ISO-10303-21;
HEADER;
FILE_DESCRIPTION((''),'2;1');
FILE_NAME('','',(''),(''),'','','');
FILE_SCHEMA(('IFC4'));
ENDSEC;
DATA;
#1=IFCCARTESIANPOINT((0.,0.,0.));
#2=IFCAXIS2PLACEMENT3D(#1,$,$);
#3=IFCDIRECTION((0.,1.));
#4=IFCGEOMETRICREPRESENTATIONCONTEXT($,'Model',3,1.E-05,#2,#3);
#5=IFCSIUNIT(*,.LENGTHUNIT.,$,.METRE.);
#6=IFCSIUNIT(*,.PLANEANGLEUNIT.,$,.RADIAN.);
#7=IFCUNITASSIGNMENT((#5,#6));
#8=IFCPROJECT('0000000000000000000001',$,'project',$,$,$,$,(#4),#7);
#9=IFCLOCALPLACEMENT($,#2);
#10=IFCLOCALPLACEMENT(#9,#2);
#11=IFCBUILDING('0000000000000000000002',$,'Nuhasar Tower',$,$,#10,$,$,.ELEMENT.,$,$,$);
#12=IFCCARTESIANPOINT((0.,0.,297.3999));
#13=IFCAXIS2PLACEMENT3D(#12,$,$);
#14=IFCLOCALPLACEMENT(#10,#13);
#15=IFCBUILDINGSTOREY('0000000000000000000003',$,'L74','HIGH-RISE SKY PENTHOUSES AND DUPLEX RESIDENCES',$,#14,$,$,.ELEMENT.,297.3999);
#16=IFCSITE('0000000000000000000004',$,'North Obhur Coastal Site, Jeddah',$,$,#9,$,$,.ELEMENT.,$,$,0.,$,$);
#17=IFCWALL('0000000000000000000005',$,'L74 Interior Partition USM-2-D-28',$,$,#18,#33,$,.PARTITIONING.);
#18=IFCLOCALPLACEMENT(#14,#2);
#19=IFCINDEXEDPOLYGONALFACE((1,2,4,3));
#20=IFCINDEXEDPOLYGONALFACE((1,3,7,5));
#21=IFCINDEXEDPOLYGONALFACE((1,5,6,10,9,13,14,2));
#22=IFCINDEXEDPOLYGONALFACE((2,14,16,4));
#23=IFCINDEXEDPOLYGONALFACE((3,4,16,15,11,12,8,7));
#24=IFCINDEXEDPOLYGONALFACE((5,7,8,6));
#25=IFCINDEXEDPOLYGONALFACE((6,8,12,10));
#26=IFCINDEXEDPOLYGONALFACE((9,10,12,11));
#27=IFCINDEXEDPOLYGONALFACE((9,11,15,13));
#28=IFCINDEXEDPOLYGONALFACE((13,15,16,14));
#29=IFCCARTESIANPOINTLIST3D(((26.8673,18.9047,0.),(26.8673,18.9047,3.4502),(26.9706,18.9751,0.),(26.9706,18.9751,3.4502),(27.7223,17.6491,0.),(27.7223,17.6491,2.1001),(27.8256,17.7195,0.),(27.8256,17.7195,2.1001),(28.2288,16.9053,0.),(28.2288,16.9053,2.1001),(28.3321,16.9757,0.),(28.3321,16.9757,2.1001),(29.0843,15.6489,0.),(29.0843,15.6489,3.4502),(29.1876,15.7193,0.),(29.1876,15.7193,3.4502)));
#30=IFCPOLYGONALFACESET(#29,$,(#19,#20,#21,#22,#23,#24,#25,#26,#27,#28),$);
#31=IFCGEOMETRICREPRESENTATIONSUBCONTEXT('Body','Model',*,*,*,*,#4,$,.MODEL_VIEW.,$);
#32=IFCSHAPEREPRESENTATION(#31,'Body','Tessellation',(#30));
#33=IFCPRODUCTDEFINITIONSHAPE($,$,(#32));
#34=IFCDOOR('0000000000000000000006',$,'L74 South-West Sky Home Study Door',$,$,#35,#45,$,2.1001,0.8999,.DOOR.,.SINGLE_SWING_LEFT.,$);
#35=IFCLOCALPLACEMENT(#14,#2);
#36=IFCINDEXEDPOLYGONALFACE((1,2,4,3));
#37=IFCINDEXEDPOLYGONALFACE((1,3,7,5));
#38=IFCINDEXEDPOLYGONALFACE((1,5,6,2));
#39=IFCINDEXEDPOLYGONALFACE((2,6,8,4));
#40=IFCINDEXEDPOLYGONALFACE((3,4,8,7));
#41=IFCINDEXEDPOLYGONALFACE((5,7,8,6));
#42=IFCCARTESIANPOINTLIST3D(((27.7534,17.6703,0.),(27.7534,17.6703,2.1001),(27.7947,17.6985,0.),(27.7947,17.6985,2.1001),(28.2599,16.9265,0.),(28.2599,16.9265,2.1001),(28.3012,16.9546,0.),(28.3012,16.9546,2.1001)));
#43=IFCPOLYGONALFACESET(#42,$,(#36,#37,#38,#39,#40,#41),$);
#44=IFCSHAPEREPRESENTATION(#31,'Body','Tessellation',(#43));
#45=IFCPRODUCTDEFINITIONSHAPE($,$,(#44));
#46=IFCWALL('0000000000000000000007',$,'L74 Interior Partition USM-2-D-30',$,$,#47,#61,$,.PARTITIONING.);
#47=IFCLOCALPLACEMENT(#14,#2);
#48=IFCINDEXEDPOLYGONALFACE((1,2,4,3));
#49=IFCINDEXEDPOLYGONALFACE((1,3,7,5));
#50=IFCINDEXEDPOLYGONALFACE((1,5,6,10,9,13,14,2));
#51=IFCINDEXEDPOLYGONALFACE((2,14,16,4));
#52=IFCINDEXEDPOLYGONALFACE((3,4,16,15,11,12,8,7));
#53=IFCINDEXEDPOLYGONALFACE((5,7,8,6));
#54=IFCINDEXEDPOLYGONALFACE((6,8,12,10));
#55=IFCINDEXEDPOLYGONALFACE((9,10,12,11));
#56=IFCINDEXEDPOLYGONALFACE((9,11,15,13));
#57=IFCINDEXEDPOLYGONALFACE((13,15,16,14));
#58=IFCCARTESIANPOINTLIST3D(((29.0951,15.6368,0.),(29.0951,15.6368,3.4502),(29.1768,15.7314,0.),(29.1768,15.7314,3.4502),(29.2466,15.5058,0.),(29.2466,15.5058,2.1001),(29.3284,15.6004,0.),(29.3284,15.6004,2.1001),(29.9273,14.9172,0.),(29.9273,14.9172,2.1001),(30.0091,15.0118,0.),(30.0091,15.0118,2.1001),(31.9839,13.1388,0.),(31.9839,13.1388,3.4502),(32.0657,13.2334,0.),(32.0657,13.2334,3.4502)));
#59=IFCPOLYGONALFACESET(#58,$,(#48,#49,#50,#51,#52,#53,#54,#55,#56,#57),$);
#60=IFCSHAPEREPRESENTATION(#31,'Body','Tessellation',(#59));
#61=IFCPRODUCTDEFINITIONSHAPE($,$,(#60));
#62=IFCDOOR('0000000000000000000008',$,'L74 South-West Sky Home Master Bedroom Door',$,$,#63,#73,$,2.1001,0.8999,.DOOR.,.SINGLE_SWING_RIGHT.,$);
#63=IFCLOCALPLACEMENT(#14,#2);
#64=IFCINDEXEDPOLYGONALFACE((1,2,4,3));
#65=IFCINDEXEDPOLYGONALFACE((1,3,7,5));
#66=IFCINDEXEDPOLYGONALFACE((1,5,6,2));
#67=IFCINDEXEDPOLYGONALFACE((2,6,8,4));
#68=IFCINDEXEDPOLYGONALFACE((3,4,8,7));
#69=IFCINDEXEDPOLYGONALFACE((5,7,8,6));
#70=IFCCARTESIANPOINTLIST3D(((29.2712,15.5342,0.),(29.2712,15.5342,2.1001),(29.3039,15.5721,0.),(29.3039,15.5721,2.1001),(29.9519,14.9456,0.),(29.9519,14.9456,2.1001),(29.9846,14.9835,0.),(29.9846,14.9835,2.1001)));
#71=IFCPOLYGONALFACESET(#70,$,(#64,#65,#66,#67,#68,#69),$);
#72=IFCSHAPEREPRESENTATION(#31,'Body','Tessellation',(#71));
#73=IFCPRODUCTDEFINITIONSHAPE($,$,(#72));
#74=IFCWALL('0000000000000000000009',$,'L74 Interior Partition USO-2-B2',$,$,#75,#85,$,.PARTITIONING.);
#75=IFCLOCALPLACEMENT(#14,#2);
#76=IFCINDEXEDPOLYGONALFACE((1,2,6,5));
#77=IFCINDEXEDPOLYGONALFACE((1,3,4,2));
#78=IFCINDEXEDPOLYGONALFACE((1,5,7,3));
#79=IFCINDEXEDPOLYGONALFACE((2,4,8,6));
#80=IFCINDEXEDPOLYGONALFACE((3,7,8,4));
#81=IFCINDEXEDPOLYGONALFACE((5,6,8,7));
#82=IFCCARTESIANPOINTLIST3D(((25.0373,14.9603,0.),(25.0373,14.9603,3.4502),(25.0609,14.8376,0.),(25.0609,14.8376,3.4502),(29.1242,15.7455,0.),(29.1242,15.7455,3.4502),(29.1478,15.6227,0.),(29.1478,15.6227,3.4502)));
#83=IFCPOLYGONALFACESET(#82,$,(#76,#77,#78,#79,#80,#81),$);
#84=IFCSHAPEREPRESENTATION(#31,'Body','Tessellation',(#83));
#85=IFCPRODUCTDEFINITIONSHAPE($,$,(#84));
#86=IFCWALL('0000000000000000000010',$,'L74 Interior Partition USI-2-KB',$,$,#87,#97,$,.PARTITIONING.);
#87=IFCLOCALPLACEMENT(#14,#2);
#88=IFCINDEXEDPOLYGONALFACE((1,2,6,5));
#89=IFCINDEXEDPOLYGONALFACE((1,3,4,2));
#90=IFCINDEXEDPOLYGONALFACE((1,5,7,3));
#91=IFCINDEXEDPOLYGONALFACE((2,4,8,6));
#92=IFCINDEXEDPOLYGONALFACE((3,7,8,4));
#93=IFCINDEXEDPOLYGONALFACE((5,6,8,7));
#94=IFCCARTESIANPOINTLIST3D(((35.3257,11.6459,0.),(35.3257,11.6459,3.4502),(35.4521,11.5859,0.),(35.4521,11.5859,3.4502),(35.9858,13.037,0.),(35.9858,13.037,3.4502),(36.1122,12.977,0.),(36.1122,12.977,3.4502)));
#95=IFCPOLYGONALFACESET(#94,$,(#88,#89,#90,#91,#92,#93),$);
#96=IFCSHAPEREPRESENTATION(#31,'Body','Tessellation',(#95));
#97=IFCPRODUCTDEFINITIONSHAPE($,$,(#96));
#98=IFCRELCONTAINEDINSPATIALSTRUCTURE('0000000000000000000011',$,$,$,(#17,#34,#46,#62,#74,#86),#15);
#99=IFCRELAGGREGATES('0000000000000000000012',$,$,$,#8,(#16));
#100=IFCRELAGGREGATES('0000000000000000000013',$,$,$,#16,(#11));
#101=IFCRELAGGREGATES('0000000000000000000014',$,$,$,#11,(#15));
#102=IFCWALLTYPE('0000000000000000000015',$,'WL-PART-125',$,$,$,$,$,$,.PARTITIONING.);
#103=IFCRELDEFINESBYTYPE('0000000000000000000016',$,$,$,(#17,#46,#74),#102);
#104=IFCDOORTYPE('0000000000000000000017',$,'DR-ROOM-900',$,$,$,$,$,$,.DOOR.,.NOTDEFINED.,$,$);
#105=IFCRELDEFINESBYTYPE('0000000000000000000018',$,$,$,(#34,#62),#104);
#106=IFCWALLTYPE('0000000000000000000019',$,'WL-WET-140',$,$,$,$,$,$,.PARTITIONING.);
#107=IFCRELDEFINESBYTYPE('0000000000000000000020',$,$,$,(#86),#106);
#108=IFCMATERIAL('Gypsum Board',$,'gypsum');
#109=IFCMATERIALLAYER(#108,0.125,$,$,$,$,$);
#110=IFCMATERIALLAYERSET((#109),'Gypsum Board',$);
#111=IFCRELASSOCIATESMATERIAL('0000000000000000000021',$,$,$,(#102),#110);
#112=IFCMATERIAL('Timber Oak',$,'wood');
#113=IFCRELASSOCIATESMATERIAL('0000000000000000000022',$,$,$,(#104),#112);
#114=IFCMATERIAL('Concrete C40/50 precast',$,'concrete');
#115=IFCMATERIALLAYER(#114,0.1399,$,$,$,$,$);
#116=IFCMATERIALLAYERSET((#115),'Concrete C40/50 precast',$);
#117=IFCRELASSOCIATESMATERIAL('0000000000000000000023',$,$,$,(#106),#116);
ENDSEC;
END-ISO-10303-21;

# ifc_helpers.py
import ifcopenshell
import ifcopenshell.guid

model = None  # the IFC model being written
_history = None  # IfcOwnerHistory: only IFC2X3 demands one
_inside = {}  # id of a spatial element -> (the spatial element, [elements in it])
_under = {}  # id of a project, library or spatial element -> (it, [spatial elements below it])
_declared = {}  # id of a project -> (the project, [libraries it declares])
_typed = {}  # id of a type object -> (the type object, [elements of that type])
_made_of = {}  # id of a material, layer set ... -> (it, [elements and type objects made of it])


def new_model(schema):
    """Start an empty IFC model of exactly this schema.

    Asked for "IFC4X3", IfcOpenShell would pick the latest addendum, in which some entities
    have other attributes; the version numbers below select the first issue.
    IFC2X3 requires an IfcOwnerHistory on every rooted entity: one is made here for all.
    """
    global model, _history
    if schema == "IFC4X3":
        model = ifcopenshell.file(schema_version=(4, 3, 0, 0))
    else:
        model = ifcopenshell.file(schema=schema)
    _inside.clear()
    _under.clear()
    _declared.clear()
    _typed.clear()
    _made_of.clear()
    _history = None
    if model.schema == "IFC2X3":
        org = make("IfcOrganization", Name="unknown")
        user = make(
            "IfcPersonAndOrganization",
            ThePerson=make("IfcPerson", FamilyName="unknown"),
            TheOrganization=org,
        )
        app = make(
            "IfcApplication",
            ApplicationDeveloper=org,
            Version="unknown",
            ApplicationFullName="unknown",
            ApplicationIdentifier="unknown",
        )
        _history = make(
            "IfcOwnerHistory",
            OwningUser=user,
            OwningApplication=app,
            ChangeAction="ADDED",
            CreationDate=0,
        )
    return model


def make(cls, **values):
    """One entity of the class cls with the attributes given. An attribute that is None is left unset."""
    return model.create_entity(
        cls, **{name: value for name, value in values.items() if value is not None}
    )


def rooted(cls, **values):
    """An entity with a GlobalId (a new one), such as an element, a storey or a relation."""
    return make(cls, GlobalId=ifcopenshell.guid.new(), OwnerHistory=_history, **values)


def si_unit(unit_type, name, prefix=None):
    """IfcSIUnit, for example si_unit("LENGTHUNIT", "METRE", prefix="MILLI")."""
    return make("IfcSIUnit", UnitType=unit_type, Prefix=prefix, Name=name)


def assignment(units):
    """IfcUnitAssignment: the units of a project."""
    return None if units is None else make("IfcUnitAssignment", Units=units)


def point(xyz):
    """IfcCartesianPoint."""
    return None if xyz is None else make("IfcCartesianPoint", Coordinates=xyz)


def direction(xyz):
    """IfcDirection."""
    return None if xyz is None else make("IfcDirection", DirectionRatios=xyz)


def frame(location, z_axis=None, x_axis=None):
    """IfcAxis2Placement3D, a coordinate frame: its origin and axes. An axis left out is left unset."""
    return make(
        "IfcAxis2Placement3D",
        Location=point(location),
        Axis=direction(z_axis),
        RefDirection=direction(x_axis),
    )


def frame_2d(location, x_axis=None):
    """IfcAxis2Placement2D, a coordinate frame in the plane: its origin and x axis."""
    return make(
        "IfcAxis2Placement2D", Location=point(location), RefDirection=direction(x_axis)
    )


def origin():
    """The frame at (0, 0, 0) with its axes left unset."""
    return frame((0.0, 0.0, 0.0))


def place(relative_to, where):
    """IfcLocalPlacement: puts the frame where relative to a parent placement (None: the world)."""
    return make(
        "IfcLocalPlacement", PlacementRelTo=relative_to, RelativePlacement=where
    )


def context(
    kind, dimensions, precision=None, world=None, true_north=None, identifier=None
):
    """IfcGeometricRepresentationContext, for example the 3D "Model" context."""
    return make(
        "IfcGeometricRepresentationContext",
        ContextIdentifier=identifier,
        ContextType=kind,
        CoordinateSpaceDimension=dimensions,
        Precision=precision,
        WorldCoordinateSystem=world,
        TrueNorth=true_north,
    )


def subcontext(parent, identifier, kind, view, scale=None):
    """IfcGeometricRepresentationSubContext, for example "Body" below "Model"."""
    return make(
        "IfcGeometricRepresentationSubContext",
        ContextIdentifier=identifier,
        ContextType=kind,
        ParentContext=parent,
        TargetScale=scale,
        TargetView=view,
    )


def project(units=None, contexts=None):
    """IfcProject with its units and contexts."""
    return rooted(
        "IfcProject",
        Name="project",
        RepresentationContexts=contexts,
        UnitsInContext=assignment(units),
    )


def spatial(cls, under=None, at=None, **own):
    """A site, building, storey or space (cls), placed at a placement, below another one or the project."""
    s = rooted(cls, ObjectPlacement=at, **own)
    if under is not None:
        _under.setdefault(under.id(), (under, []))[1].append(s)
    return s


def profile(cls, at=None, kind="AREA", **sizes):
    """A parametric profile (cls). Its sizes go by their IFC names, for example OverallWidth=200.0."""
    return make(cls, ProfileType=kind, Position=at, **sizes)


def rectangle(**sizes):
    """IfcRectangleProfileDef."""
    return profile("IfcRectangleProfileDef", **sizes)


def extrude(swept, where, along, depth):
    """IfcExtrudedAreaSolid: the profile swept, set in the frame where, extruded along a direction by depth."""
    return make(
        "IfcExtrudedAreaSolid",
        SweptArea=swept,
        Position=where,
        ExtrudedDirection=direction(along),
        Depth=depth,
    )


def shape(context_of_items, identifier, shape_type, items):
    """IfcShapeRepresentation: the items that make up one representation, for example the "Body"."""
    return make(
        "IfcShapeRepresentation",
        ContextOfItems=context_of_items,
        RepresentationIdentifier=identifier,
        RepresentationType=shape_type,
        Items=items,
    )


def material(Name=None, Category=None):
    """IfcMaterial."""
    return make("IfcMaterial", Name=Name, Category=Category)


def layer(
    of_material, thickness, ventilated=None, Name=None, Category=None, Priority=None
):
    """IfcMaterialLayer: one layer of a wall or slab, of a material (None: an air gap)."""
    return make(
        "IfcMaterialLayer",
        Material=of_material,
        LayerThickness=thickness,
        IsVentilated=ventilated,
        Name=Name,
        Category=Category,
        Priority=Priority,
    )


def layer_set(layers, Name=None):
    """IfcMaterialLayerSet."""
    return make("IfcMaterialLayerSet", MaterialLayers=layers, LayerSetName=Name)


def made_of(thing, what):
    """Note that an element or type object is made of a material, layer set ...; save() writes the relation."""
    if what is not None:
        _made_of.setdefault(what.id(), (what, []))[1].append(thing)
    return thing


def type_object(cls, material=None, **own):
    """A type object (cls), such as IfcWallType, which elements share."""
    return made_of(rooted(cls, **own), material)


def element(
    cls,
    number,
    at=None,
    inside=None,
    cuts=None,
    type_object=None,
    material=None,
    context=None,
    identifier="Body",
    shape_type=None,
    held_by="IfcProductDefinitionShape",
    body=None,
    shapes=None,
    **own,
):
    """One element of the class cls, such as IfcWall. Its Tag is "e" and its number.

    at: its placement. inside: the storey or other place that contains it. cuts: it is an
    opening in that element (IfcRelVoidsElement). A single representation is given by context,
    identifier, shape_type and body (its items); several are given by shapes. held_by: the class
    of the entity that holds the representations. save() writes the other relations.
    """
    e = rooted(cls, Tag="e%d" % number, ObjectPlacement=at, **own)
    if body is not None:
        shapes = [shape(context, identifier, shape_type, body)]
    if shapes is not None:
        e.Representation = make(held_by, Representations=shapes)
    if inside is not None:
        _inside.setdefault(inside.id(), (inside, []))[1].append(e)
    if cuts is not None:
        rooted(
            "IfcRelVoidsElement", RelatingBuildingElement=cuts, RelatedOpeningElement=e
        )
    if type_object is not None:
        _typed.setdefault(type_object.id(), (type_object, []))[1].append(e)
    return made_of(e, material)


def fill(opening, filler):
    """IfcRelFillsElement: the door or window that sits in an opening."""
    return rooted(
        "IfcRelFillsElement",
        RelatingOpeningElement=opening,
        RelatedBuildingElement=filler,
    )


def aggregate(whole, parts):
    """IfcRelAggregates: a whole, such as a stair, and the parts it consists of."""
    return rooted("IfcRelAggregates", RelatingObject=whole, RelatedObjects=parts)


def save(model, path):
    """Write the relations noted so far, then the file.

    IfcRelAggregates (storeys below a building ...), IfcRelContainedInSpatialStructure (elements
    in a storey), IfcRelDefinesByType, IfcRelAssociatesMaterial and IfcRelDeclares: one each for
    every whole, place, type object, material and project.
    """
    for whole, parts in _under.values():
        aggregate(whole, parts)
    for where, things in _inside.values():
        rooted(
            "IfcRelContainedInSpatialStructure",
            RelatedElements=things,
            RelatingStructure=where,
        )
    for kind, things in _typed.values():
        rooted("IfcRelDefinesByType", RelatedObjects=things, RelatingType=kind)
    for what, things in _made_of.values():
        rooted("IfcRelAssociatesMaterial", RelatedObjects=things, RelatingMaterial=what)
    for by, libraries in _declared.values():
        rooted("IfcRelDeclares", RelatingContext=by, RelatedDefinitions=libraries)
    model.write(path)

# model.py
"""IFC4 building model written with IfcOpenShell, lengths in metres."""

from ifc_helpers import new_model, si_unit, direction, frame, frame_2d, origin, place, context, subcontext, project, spatial, rectangle, extrude, material, layer, layer_set, type_object, element, fill, save


model = new_model("IFC4")

# Units and contexts
model_context = context("Model", 3, precision=1e-05, world=origin(), true_north=direction((0.0, 1.0)))
body_context = subcontext(model_context, "Body", "Model", "MODEL_VIEW")
ifc_project = project(units=[si_unit("LENGTHUNIT", "METRE"), si_unit("PLANEANGLEUNIT", "RADIAN")], contexts=[model_context])

# Site, building, storey
site_placement = place(None, origin())
site = spatial("IfcSite", under=ifc_project, at=site_placement, Name="North Obhur Coastal Site, Jeddah", CompositionType="ELEMENT", RefElevation=0.0)
building_placement = place(site_placement, origin())
building = spatial("IfcBuilding", under=site, at=building_placement, Name="Nuhasar Tower", CompositionType="ELEMENT")
storey_placement = place(building_placement, frame((0.0, 0.0, 297.3999)))
storey = spatial("IfcBuildingStorey", under=building, at=storey_placement, Name="L74", Description="HIGH-RISE SKY PENTHOUSES AND DUPLEX RESIDENCES", CompositionType="ELEMENT", Elevation=297.3999)

# Shared definitions
ifc_material_1 = material(Name="Gypsum Board", Category="gypsum")

# Shared definitions
ifc_layer_1 = layer(ifc_material_1, 0.125)
ifc_layer_set_1 = layer_set([ifc_layer_1], Name="Gypsum Board")
wall_type_1 = type_object("IfcWallType", Name="WL-PART-125", PredefinedType="PARTITIONING", material=ifc_layer_set_1)
ifc_material_2 = material(Name="Timber Oak", Category="wood")
door_type = type_object("IfcDoorType", Name="DR-ROOM-900", OperationType="NOTDEFINED", PredefinedType="DOOR", material=ifc_material_2)

# Walls, openings, doors
wall_1_placement = place(storey_placement, frame((29.136, 15.6841, 0.0), z_axis=(0.0, 0.0, 1.0), x_axis=(-0.562841, 0.826566, 0.0)))
wall_1 = element("IfcWall", 1, at=wall_1_placement, inside=storey, type_object=wall_type_1, Name="L74 Interior Partition USM-2-D-28", PredefinedType="PARTITIONING", context=body_context, shape_type="SweptSolid", body=[
    extrude(rectangle(XDim=3.939, YDim=0.125, at=frame_2d((1.9695, 0.0))), origin(), (0.0, 0.0, 1.0), 3.4502),
])
opening_1_placement = place(wall_1_placement, frame((1.52, 0.0, 0.0)))
opening_1 = element("IfcOpeningElement", 2, at=opening_1_placement, cuts=wall_1, PredefinedType="OPENING", context=body_context, shape_type="SweptSolid", body=[
    extrude(rectangle(XDim=0.8999, YDim=2.1001, at=frame_2d((0.45, 1.05))), frame((0.0, 0.0725, 0.0), z_axis=(0.0, -1.0, 0.0), x_axis=(1.0, 0.0, 0.0)), (0.0, 0.0, 1.0), 0.145),
])
door_1_placement = place(opening_1_placement, origin())
door_1 = element("IfcDoor", 3, at=door_1_placement, inside=storey, type_object=door_type, Name="L74 South-West Sky Home Study Door", OperationType="SINGLE_SWING_LEFT", OverallHeight=2.1001, OverallWidth=0.8999, PredefinedType="DOOR", context=body_context, shape_type="SweptSolid", body=[
    extrude(rectangle(XDim=0.8999, YDim=2.1001, at=frame_2d((0.45, 1.05))), frame((0.0, 0.0249, 0.0), z_axis=(0.0, -1.0, 0.0), x_axis=(1.0, 0.0, 0.0)), (0.0, 0.0, 1.0), 0.05),
])
fill(opening_1, door_1)
wall_2_placement = place(storey_placement, frame((32.0249, 13.186, 0.0), z_axis=(0.0, 0.0, 1.0), x_axis=(-0.756425, 0.654081, 0.0)))
wall_2 = element("IfcWall", 4, at=wall_2_placement, inside=storey, type_object=wall_type_1, Name="L74 Interior Partition USM-2-D-30", PredefinedType="PARTITIONING", context=body_context, shape_type="SweptSolid", body=[
    extrude(rectangle(XDim=3.8191, YDim=0.125, at=frame_2d((1.9097, 0.0))), origin(), (0.0, 0.0, 1.0), 3.4502),
])
opening_2_placement = place(wall_2_placement, frame((2.719, 0.0, 0.0)))
opening_2 = element("IfcOpeningElement", 5, at=opening_2_placement, cuts=wall_2, PredefinedType="OPENING", context=body_context, shape_type="SweptSolid", body=[
    extrude(rectangle(XDim=0.8999, YDim=2.1001, at=frame_2d((0.45, 1.05))), frame((0.0, 0.0725, 0.0), z_axis=(0.0, -1.0, 0.0), x_axis=(1.0, 0.0, 0.0)), (0.0, 0.0, 1.0), 0.145),
])
door_2_placement = place(opening_2_placement, origin())
door_2 = element("IfcDoor", 6, at=door_2_placement, inside=storey, type_object=door_type, Name="L74 South-West Sky Home Master Bedroom Door", OperationType="SINGLE_SWING_RIGHT", OverallHeight=2.1001, OverallWidth=0.8999, PredefinedType="DOOR", context=body_context, shape_type="SweptSolid", body=[
    extrude(rectangle(XDim=0.8999, YDim=2.1001, at=frame_2d((0.45, 1.05))), frame((0.0, 0.0249, 0.0), z_axis=(0.0, -1.0, 0.0), x_axis=(1.0, 0.0, 0.0)), (0.0, 0.0, 1.0), 0.05),
])
fill(opening_2, door_2)

# Walls
wall_3_placement = place(storey_placement, frame((29.136, 15.6841, 0.0), z_axis=(0.0, 0.0, 1.0), x_axis=(-0.982042, -0.188665, 0.0)))
element("IfcWall", 7, at=wall_3_placement, inside=storey, type_object=wall_type_1, Name="L74 Interior Partition USO-2-B2", PredefinedType="PARTITIONING", context=body_context, shape_type="SweptSolid", body=[
    extrude(rectangle(XDim=4.1616, YDim=0.125, at=frame_2d((2.0808, 0.0))), origin(), (0.0, 0.0, 1.0), 3.4502),
])
ifc_material_3 = material(Name="Concrete C40/50 precast", Category="concrete")
ifc_layer_2 = layer(ifc_material_3, 0.1399)
ifc_layer_set_2 = layer_set([ifc_layer_2], Name="Concrete C40/50 precast")
wall_type_2 = type_object("IfcWallType", Name="WL-WET-140", PredefinedType="PARTITIONING", material=ifc_layer_set_2)
wall_4_placement = place(storey_placement, frame((36.0491, 13.0071, 0.0), z_axis=(0.0, 0.0, 1.0), x_axis=(-0.428727, -0.903434, 0.0)))
element("IfcWall", 8, at=wall_4_placement, inside=storey, type_object=wall_type_2, Name="L74 Interior Partition USI-2-KB", PredefinedType="PARTITIONING", context=body_context, shape_type="SweptSolid", body=[
    extrude(rectangle(XDim=1.5398, YDim=0.1399, at=frame_2d((0.77, 0.0))), origin(), (0.0, 0.0, 1.0), 3.4502),
])

save(model, "model.ifc")
